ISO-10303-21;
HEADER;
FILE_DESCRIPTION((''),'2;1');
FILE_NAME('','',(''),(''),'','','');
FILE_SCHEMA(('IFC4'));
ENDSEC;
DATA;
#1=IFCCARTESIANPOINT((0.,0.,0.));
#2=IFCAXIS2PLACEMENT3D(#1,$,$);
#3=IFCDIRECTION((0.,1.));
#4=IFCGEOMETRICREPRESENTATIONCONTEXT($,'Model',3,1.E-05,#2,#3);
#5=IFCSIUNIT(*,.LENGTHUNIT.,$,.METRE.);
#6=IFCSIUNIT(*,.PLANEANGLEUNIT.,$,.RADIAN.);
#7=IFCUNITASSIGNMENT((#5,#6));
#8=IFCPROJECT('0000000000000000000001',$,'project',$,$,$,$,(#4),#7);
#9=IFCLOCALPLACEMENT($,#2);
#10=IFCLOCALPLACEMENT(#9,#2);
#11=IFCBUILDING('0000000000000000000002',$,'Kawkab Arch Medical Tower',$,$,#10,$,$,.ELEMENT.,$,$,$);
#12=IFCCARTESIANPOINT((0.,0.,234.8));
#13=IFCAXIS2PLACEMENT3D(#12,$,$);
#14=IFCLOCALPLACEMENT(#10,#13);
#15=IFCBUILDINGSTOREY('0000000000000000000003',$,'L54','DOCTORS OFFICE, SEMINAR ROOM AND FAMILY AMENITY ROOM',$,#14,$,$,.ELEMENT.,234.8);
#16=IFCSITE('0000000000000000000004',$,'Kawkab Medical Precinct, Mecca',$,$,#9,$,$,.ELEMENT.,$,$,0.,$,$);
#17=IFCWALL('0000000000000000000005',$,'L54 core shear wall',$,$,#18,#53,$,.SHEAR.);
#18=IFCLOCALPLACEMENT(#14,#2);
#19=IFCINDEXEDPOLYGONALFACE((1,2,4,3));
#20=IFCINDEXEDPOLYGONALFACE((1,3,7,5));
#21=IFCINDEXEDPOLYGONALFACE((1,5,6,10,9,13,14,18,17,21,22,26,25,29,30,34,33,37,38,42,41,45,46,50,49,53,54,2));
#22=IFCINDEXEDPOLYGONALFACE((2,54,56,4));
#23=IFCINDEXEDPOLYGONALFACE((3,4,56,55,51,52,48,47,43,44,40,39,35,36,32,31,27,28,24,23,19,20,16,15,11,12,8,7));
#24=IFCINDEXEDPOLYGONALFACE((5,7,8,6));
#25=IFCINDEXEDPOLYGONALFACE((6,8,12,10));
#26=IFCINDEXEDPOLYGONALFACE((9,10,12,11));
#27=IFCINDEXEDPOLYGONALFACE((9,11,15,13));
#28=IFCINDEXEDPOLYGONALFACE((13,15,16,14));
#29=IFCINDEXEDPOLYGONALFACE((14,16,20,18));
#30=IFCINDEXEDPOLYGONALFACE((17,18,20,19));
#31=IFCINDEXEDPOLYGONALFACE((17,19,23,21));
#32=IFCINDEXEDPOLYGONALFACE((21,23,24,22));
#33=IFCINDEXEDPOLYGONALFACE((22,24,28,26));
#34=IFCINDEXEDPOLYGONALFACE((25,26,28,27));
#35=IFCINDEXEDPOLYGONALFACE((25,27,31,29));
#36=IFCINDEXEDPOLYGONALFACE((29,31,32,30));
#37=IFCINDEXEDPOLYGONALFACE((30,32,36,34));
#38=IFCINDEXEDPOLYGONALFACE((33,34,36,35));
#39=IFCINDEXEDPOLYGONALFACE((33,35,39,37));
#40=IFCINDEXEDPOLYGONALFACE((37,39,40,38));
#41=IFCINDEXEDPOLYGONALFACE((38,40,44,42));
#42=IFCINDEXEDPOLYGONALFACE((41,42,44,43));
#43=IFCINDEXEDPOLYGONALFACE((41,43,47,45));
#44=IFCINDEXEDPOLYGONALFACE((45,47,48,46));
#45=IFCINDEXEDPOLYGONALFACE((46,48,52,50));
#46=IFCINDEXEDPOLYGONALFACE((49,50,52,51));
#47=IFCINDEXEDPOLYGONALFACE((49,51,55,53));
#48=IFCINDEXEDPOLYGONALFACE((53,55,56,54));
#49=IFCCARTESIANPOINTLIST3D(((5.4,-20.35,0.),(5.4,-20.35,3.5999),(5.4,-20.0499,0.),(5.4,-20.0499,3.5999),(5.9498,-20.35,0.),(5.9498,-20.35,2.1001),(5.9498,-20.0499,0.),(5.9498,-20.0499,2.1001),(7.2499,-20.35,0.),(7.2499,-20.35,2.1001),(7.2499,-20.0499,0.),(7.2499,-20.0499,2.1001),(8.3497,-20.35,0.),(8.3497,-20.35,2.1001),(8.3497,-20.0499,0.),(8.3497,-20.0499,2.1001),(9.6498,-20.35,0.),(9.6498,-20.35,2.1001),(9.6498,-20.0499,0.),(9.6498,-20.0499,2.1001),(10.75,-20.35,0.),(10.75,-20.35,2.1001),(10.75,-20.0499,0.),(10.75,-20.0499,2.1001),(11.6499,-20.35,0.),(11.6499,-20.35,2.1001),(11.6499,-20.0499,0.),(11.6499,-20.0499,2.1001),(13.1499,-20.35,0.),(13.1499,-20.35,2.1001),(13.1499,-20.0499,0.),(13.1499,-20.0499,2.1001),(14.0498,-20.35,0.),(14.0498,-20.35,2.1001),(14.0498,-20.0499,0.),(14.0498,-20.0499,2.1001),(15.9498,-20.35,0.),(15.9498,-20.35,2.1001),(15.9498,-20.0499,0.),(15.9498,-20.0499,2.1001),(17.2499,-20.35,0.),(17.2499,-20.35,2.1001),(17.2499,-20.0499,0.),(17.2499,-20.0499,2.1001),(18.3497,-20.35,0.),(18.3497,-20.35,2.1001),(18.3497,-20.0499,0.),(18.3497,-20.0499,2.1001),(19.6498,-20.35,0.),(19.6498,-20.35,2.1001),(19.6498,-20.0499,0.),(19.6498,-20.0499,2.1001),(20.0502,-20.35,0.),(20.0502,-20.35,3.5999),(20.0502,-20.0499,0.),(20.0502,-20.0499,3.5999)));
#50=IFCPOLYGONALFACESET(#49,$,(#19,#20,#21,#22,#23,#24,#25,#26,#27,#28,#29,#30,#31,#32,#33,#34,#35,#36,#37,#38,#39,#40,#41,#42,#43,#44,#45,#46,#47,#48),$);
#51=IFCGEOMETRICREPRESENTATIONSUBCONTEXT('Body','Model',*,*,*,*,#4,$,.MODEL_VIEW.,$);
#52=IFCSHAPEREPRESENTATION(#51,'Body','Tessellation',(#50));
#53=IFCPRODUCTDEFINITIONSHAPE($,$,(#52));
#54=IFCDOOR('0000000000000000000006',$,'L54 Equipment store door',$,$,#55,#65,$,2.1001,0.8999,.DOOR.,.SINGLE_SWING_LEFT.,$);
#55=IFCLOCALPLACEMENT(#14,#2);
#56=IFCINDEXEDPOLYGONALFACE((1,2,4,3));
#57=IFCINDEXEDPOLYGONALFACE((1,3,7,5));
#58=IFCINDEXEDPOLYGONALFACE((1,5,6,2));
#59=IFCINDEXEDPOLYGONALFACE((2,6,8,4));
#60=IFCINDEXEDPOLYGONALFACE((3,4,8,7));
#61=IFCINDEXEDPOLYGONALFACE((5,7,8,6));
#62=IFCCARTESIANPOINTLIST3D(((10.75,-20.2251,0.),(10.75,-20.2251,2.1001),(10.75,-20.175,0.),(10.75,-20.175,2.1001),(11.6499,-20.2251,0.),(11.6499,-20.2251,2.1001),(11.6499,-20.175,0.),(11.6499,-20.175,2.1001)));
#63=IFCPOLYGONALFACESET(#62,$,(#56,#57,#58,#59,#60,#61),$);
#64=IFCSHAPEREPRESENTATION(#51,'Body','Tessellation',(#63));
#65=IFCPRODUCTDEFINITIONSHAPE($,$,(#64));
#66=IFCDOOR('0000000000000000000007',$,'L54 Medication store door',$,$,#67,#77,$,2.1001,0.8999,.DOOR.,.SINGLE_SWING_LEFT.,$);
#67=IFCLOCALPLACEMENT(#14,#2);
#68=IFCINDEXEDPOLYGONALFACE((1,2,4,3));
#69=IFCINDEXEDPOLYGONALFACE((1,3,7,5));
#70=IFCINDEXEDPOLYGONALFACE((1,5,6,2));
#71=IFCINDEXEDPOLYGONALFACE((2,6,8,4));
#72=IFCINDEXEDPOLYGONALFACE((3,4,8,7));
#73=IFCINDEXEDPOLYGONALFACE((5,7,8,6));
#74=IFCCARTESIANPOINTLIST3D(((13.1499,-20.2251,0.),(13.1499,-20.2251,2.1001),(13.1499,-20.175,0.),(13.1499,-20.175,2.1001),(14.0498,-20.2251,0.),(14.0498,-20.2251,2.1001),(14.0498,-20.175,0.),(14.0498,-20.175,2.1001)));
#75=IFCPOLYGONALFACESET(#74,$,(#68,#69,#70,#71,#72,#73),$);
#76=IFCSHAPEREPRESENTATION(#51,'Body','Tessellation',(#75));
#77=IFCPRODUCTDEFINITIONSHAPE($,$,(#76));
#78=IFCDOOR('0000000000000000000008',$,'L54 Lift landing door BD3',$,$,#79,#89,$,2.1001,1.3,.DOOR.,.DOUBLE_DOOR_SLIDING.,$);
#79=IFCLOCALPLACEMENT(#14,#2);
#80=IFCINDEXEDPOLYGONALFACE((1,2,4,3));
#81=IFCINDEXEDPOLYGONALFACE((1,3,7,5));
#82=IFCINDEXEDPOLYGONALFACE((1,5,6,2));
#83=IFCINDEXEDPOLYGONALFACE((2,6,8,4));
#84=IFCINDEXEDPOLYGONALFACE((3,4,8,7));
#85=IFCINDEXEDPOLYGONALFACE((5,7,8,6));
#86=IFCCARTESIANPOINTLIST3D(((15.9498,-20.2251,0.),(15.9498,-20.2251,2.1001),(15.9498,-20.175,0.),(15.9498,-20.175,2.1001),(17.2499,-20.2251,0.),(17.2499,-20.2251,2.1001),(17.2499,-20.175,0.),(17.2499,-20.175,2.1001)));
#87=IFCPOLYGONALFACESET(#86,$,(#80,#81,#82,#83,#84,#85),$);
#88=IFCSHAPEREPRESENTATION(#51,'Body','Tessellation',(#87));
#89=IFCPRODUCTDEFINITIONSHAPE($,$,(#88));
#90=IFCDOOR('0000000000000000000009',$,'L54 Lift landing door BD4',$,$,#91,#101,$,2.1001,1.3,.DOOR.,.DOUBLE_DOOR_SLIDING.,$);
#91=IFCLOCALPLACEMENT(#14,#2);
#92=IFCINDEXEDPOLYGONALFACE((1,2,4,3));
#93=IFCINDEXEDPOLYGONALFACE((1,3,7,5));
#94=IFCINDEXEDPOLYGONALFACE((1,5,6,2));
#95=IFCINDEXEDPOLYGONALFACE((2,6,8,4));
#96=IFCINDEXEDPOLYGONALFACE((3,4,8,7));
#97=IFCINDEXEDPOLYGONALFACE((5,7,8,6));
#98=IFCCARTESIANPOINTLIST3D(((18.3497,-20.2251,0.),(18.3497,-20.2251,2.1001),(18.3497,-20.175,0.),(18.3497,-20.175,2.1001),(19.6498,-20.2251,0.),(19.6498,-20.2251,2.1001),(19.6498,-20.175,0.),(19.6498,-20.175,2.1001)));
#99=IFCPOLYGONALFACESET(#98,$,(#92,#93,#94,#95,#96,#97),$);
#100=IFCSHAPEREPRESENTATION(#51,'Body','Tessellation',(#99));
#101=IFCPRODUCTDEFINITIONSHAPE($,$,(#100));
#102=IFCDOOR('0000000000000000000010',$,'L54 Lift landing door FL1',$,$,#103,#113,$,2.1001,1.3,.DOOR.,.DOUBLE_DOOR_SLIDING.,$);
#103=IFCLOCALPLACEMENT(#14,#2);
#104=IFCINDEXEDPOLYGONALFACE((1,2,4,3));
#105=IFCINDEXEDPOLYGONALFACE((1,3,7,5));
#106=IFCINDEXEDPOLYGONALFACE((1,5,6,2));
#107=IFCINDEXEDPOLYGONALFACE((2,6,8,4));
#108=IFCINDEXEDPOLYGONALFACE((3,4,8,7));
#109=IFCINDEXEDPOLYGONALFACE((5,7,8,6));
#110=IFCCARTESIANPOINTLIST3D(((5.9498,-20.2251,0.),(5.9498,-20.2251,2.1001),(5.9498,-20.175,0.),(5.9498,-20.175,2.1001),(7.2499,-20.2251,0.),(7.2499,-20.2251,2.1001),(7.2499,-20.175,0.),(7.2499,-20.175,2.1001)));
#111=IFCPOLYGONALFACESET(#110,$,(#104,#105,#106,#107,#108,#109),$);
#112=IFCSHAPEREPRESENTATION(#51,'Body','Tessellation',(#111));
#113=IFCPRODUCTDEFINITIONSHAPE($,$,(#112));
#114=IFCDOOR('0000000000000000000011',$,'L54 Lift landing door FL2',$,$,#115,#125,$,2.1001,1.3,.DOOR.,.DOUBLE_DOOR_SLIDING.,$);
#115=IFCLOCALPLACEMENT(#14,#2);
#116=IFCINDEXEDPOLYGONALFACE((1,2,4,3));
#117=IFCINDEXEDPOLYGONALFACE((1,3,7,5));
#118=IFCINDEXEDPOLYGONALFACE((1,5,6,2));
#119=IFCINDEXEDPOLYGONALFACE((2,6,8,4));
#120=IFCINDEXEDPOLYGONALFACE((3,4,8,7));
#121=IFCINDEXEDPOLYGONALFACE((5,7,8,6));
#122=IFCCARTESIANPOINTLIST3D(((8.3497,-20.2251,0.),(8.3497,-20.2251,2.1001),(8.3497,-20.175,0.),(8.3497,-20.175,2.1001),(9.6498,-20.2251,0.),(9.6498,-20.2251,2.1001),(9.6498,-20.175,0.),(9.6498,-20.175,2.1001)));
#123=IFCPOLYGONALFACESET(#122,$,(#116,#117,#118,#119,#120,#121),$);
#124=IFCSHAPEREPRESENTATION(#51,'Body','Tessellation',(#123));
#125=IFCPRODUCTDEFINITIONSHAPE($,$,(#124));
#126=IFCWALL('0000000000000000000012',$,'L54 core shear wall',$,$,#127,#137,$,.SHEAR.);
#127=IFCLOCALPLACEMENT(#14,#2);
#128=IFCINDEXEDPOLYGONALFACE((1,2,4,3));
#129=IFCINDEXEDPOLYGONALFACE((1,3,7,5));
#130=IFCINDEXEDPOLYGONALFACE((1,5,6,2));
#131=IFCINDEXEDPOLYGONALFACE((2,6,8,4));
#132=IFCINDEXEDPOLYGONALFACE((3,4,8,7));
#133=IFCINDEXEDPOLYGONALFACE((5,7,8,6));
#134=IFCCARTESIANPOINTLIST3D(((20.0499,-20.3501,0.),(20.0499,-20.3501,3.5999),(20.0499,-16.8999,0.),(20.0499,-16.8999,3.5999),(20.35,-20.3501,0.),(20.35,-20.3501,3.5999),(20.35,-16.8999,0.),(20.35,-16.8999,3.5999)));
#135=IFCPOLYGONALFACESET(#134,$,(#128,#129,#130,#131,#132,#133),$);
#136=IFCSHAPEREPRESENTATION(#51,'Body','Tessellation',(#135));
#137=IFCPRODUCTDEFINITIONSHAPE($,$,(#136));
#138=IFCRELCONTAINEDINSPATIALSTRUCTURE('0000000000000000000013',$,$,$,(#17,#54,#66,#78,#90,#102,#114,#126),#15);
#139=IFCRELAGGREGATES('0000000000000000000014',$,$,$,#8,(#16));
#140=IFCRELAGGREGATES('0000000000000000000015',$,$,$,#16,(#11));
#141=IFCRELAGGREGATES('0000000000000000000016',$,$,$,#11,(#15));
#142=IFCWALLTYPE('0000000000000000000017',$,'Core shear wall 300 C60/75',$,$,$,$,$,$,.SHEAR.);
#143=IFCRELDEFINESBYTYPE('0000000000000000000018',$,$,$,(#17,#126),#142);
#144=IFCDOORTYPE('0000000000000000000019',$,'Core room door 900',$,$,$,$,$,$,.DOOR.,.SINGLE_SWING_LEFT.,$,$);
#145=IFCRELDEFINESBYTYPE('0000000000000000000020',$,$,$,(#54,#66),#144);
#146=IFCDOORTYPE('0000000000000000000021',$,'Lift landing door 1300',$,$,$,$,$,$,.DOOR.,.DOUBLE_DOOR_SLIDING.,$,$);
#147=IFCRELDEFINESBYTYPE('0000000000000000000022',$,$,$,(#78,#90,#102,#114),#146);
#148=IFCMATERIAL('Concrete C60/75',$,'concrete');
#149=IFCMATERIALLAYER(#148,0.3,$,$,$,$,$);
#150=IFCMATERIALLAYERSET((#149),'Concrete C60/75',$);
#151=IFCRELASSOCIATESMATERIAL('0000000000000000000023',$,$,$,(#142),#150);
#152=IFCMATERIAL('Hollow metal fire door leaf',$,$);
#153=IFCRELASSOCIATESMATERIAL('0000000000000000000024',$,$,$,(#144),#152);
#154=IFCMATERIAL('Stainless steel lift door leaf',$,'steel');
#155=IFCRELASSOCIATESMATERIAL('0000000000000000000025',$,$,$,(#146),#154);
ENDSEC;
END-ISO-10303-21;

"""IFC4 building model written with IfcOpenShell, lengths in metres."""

from ifc_helpers import new_model, si_unit, direction, frame, frame_2d, origin, place, context, subcontext, project, spatial, rectangle, extrude, material, layer, layer_set, type_object, element, fill, save


model = new_model("IFC4")

# Units and contexts
model_context = context("Model", 3, precision=1e-05, world=origin(), true_north=direction((0.0, 1.0)))
body_context = subcontext(model_context, "Body", "Model", "MODEL_VIEW")
ifc_project = project(units=[si_unit("LENGTHUNIT", "METRE"), si_unit("PLANEANGLEUNIT", "RADIAN")], contexts=[model_context])

# Site, building, storey
site_placement = place(None, origin())
site = spatial("IfcSite", under=ifc_project, at=site_placement, Name="Kawkab Medical Precinct, Mecca", CompositionType="ELEMENT", RefElevation=0.0)
building_placement = place(site_placement, origin())
building = spatial("IfcBuilding", under=site, at=building_placement, Name="Kawkab Arch Medical Tower", CompositionType="ELEMENT")
storey_placement = place(building_placement, frame((0.0, 0.0, 234.8)))
storey = spatial("IfcBuildingStorey", under=building, at=storey_placement, Name="L54", Description="DOCTORS OFFICE, SEMINAR ROOM AND FAMILY AMENITY ROOM", CompositionType="ELEMENT", Elevation=234.8)

# Wall, openings, doors
ifc_material_1 = material(Name="Concrete C60/75", Category="concrete")
ifc_layer_1 = layer(ifc_material_1, 0.3)
ifc_layer_set_1 = layer_set([ifc_layer_1], Name="Concrete C60/75")
wall_type_1 = type_object("IfcWallType", Name="Core shear wall 300 C60/75", PredefinedType="SHEAR", material=ifc_layer_set_1)
wall_1_placement = place(storey_placement, frame((5.3999, -20.2, 0.0), z_axis=(0.0, 0.0, 1.0), x_axis=(1.0, 0.0, 0.0)))
wall_1 = element("IfcWall", 1, at=wall_1_placement, inside=storey, type_object=wall_type_1, Name="L54 core shear wall", PredefinedType="SHEAR", context=body_context, shape_type="SweptSolid", body=[
    extrude(rectangle(XDim=14.6501, YDim=0.3, at=frame_2d((7.3252, 0.0))), origin(), (0.0, 0.0, 1.0), 3.5999),
])
opening_1_placement = place(wall_1_placement, frame((10.55, 0.0, 0.0)))
opening_1 = element("IfcOpeningElement", 2, at=opening_1_placement, cuts=wall_1, PredefinedType="OPENING", context=body_context, shape_type="SweptSolid", body=[
    extrude(rectangle(XDim=1.3, YDim=2.1001, at=frame_2d((0.6499, 1.05))), frame((0.0, 0.1599, 0.0), z_axis=(0.0, -1.0, 0.0), x_axis=(1.0, 0.0, 0.0)), (0.0, 0.0, 1.0), 0.3201),
])
opening_2_placement = place(wall_1_placement, frame((12.95, 0.0, 0.0)))
opening_2 = element("IfcOpeningElement", 3, at=opening_2_placement, cuts=wall_1, PredefinedType="OPENING", context=body_context, shape_type="SweptSolid", body=[
    extrude(rectangle(XDim=1.3, YDim=2.1001, at=frame_2d((0.6499, 1.05))), frame((0.0, 0.1599, 0.0), z_axis=(0.0, -1.0, 0.0), x_axis=(1.0, 0.0, 0.0)), (0.0, 0.0, 1.0), 0.3201),
])
opening_3_placement = place(wall_1_placement, frame((0.55, 0.0, 0.0)))
opening_3 = element("IfcOpeningElement", 4, at=opening_3_placement, cuts=wall_1, PredefinedType="OPENING", context=body_context, shape_type="SweptSolid", body=[
    extrude(rectangle(XDim=1.3, YDim=2.1001, at=frame_2d((0.6499, 1.05))), frame((0.0, 0.1599, 0.0), z_axis=(0.0, -1.0, 0.0), x_axis=(1.0, 0.0, 0.0)), (0.0, 0.0, 1.0), 0.3201),
])
opening_4_placement = place(wall_1_placement, frame((2.95, 0.0, 0.0)))
opening_4 = element("IfcOpeningElement", 5, at=opening_4_placement, cuts=wall_1, PredefinedType="OPENING", context=body_context, shape_type="SweptSolid", body=[
    extrude(rectangle(XDim=1.3, YDim=2.1001, at=frame_2d((0.6499, 1.05))), frame((0.0, 0.1599, 0.0), z_axis=(0.0, -1.0, 0.0), x_axis=(1.0, 0.0, 0.0)), (0.0, 0.0, 1.0), 0.3201),
])
opening_5_placement = place(wall_1_placement, frame((5.3501, 0.0, 0.0)))
opening_5 = element("IfcOpeningElement", 6, at=opening_5_placement, cuts=wall_1, PredefinedType="OPENING", context=body_context, shape_type="SweptSolid", body=[
    extrude(rectangle(XDim=0.8999, YDim=2.1001, at=frame_2d((0.45, 1.05))), frame((0.0, 0.1599, 0.0), z_axis=(0.0, -1.0, 0.0), x_axis=(1.0, 0.0, 0.0)), (0.0, 0.0, 1.0), 0.3201),
])
opening_6_placement = place(wall_1_placement, frame((7.75, 0.0, 0.0)))
opening_6 = element("IfcOpeningElement", 7, at=opening_6_placement, cuts=wall_1, PredefinedType="OPENING", context=body_context, shape_type="SweptSolid", body=[
    extrude(rectangle(XDim=0.8999, YDim=2.1001, at=frame_2d((0.45, 1.05))), frame((0.0, 0.1599, 0.0), z_axis=(0.0, -1.0, 0.0), x_axis=(1.0, 0.0, 0.0)), (0.0, 0.0, 1.0), 0.3201),
])
ifc_material_2 = material(Name="Hollow metal fire door leaf")
door_type_1 = type_object("IfcDoorType", Name="Core room door 900", OperationType="SINGLE_SWING_LEFT", PredefinedType="DOOR", material=ifc_material_2)
door_1_placement = place(opening_5_placement, origin())
door_1 = element("IfcDoor", 8, at=door_1_placement, inside=storey, type_object=door_type_1, Name="L54 Equipment store door", OperationType="SINGLE_SWING_LEFT", OverallHeight=2.1001, OverallWidth=0.8999, PredefinedType="DOOR", context=body_context, shape_type="SweptSolid", body=[
    extrude(rectangle(XDim=0.8999, YDim=2.1001, at=frame_2d((0.45, 1.05))), frame((0.0, 0.0249, 0.0), z_axis=(0.0, -1.0, 0.0), x_axis=(1.0, 0.0, 0.0)), (0.0, 0.0, 1.0), 0.05),
])
fill(opening_5, door_1)
door_2_placement = place(opening_6_placement, origin())
door_2 = element("IfcDoor", 9, at=door_2_placement, inside=storey, type_object=door_type_1, Name="L54 Medication store door", OperationType="SINGLE_SWING_LEFT", OverallHeight=2.1001, OverallWidth=0.8999, PredefinedType="DOOR", context=body_context, shape_type="SweptSolid", body=[
    extrude(rectangle(XDim=0.8999, YDim=2.1001, at=frame_2d((0.45, 1.05))), frame((0.0, 0.0249, 0.0), z_axis=(0.0, -1.0, 0.0), x_axis=(1.0, 0.0, 0.0)), (0.0, 0.0, 1.0), 0.05),
])
fill(opening_6, door_2)
ifc_material_3 = material(Name="Stainless steel lift door leaf", Category="steel")
door_type_2 = type_object("IfcDoorType", Name="Lift landing door 1300", OperationType="DOUBLE_DOOR_SLIDING", PredefinedType="DOOR", material=ifc_material_3)
door_3_placement = place(opening_1_placement, origin())
door_3 = element("IfcDoor", 10, at=door_3_placement, inside=storey, type_object=door_type_2, Name="L54 Lift landing door BD3", OperationType="DOUBLE_DOOR_SLIDING", OverallHeight=2.1001, OverallWidth=1.3, PredefinedType="DOOR", context=body_context, shape_type="SweptSolid", body=[
    extrude(rectangle(XDim=1.3, YDim=2.1001, at=frame_2d((0.6499, 1.05))), frame((0.0, 0.0249, 0.0), z_axis=(0.0, -1.0, 0.0), x_axis=(1.0, 0.0, 0.0)), (0.0, 0.0, 1.0), 0.05),
])
fill(opening_1, door_3)
door_4_placement = place(opening_2_placement, origin())
door_4 = element("IfcDoor", 11, at=door_4_placement, inside=storey, type_object=door_type_2, Name="L54 Lift landing door BD4", OperationType="DOUBLE_DOOR_SLIDING", OverallHeight=2.1001, OverallWidth=1.3, PredefinedType="DOOR", context=body_context, shape_type="SweptSolid", body=[
    extrude(rectangle(XDim=1.3, YDim=2.1001, at=frame_2d((0.6499, 1.05))), frame((0.0, 0.0249, 0.0), z_axis=(0.0, -1.0, 0.0), x_axis=(1.0, 0.0, 0.0)), (0.0, 0.0, 1.0), 0.05),
])
fill(opening_2, door_4)
door_5_placement = place(opening_3_placement, origin())
door_5 = element("IfcDoor", 12, at=door_5_placement, inside=storey, type_object=door_type_2, Name="L54 Lift landing door FL1", OperationType="DOUBLE_DOOR_SLIDING", OverallHeight=2.1001, OverallWidth=1.3, PredefinedType="DOOR", context=body_context, shape_type="SweptSolid", body=[
    extrude(rectangle(XDim=1.3, YDim=2.1001, at=frame_2d((0.6499, 1.05))), frame((0.0, 0.0249, 0.0), z_axis=(0.0, -1.0, 0.0), x_axis=(1.0, 0.0, 0.0)), (0.0, 0.0, 1.0), 0.05),
])
fill(opening_3, door_5)
door_6_placement = place(opening_4_placement, origin())
door_6 = element("IfcDoor", 13, at=door_6_placement, inside=storey, type_object=door_type_2, Name="L54 Lift landing door FL2", OperationType="DOUBLE_DOOR_SLIDING", OverallHeight=2.1001, OverallWidth=1.3, PredefinedType="DOOR", context=body_context, shape_type="SweptSolid", body=[
    extrude(rectangle(XDim=1.3, YDim=2.1001, at=frame_2d((0.6499, 1.05))), frame((0.0, 0.0249, 0.0), z_axis=(0.0, -1.0, 0.0), x_axis=(1.0, 0.0, 0.0)), (0.0, 0.0, 1.0), 0.05),
])
fill(opening_4, door_6)

# Wall
wall_2_placement = place(storey_placement, frame((20.2, -20.3501, 0.0), z_axis=(0.0, 0.0, 1.0), x_axis=(0.0, 1.0, 0.0)))
element("IfcWall", 14, at=wall_2_placement, inside=storey, type_object=wall_type_1, Name="L54 core shear wall", PredefinedType="SHEAR", context=body_context, shape_type="SweptSolid", body=[
    extrude(rectangle(XDim=3.4502, YDim=0.3, at=frame_2d((1.7251, 0.0))), origin(), (0.0, 0.0, 1.0), 3.5999),
])

save(model, "model.ifc")
